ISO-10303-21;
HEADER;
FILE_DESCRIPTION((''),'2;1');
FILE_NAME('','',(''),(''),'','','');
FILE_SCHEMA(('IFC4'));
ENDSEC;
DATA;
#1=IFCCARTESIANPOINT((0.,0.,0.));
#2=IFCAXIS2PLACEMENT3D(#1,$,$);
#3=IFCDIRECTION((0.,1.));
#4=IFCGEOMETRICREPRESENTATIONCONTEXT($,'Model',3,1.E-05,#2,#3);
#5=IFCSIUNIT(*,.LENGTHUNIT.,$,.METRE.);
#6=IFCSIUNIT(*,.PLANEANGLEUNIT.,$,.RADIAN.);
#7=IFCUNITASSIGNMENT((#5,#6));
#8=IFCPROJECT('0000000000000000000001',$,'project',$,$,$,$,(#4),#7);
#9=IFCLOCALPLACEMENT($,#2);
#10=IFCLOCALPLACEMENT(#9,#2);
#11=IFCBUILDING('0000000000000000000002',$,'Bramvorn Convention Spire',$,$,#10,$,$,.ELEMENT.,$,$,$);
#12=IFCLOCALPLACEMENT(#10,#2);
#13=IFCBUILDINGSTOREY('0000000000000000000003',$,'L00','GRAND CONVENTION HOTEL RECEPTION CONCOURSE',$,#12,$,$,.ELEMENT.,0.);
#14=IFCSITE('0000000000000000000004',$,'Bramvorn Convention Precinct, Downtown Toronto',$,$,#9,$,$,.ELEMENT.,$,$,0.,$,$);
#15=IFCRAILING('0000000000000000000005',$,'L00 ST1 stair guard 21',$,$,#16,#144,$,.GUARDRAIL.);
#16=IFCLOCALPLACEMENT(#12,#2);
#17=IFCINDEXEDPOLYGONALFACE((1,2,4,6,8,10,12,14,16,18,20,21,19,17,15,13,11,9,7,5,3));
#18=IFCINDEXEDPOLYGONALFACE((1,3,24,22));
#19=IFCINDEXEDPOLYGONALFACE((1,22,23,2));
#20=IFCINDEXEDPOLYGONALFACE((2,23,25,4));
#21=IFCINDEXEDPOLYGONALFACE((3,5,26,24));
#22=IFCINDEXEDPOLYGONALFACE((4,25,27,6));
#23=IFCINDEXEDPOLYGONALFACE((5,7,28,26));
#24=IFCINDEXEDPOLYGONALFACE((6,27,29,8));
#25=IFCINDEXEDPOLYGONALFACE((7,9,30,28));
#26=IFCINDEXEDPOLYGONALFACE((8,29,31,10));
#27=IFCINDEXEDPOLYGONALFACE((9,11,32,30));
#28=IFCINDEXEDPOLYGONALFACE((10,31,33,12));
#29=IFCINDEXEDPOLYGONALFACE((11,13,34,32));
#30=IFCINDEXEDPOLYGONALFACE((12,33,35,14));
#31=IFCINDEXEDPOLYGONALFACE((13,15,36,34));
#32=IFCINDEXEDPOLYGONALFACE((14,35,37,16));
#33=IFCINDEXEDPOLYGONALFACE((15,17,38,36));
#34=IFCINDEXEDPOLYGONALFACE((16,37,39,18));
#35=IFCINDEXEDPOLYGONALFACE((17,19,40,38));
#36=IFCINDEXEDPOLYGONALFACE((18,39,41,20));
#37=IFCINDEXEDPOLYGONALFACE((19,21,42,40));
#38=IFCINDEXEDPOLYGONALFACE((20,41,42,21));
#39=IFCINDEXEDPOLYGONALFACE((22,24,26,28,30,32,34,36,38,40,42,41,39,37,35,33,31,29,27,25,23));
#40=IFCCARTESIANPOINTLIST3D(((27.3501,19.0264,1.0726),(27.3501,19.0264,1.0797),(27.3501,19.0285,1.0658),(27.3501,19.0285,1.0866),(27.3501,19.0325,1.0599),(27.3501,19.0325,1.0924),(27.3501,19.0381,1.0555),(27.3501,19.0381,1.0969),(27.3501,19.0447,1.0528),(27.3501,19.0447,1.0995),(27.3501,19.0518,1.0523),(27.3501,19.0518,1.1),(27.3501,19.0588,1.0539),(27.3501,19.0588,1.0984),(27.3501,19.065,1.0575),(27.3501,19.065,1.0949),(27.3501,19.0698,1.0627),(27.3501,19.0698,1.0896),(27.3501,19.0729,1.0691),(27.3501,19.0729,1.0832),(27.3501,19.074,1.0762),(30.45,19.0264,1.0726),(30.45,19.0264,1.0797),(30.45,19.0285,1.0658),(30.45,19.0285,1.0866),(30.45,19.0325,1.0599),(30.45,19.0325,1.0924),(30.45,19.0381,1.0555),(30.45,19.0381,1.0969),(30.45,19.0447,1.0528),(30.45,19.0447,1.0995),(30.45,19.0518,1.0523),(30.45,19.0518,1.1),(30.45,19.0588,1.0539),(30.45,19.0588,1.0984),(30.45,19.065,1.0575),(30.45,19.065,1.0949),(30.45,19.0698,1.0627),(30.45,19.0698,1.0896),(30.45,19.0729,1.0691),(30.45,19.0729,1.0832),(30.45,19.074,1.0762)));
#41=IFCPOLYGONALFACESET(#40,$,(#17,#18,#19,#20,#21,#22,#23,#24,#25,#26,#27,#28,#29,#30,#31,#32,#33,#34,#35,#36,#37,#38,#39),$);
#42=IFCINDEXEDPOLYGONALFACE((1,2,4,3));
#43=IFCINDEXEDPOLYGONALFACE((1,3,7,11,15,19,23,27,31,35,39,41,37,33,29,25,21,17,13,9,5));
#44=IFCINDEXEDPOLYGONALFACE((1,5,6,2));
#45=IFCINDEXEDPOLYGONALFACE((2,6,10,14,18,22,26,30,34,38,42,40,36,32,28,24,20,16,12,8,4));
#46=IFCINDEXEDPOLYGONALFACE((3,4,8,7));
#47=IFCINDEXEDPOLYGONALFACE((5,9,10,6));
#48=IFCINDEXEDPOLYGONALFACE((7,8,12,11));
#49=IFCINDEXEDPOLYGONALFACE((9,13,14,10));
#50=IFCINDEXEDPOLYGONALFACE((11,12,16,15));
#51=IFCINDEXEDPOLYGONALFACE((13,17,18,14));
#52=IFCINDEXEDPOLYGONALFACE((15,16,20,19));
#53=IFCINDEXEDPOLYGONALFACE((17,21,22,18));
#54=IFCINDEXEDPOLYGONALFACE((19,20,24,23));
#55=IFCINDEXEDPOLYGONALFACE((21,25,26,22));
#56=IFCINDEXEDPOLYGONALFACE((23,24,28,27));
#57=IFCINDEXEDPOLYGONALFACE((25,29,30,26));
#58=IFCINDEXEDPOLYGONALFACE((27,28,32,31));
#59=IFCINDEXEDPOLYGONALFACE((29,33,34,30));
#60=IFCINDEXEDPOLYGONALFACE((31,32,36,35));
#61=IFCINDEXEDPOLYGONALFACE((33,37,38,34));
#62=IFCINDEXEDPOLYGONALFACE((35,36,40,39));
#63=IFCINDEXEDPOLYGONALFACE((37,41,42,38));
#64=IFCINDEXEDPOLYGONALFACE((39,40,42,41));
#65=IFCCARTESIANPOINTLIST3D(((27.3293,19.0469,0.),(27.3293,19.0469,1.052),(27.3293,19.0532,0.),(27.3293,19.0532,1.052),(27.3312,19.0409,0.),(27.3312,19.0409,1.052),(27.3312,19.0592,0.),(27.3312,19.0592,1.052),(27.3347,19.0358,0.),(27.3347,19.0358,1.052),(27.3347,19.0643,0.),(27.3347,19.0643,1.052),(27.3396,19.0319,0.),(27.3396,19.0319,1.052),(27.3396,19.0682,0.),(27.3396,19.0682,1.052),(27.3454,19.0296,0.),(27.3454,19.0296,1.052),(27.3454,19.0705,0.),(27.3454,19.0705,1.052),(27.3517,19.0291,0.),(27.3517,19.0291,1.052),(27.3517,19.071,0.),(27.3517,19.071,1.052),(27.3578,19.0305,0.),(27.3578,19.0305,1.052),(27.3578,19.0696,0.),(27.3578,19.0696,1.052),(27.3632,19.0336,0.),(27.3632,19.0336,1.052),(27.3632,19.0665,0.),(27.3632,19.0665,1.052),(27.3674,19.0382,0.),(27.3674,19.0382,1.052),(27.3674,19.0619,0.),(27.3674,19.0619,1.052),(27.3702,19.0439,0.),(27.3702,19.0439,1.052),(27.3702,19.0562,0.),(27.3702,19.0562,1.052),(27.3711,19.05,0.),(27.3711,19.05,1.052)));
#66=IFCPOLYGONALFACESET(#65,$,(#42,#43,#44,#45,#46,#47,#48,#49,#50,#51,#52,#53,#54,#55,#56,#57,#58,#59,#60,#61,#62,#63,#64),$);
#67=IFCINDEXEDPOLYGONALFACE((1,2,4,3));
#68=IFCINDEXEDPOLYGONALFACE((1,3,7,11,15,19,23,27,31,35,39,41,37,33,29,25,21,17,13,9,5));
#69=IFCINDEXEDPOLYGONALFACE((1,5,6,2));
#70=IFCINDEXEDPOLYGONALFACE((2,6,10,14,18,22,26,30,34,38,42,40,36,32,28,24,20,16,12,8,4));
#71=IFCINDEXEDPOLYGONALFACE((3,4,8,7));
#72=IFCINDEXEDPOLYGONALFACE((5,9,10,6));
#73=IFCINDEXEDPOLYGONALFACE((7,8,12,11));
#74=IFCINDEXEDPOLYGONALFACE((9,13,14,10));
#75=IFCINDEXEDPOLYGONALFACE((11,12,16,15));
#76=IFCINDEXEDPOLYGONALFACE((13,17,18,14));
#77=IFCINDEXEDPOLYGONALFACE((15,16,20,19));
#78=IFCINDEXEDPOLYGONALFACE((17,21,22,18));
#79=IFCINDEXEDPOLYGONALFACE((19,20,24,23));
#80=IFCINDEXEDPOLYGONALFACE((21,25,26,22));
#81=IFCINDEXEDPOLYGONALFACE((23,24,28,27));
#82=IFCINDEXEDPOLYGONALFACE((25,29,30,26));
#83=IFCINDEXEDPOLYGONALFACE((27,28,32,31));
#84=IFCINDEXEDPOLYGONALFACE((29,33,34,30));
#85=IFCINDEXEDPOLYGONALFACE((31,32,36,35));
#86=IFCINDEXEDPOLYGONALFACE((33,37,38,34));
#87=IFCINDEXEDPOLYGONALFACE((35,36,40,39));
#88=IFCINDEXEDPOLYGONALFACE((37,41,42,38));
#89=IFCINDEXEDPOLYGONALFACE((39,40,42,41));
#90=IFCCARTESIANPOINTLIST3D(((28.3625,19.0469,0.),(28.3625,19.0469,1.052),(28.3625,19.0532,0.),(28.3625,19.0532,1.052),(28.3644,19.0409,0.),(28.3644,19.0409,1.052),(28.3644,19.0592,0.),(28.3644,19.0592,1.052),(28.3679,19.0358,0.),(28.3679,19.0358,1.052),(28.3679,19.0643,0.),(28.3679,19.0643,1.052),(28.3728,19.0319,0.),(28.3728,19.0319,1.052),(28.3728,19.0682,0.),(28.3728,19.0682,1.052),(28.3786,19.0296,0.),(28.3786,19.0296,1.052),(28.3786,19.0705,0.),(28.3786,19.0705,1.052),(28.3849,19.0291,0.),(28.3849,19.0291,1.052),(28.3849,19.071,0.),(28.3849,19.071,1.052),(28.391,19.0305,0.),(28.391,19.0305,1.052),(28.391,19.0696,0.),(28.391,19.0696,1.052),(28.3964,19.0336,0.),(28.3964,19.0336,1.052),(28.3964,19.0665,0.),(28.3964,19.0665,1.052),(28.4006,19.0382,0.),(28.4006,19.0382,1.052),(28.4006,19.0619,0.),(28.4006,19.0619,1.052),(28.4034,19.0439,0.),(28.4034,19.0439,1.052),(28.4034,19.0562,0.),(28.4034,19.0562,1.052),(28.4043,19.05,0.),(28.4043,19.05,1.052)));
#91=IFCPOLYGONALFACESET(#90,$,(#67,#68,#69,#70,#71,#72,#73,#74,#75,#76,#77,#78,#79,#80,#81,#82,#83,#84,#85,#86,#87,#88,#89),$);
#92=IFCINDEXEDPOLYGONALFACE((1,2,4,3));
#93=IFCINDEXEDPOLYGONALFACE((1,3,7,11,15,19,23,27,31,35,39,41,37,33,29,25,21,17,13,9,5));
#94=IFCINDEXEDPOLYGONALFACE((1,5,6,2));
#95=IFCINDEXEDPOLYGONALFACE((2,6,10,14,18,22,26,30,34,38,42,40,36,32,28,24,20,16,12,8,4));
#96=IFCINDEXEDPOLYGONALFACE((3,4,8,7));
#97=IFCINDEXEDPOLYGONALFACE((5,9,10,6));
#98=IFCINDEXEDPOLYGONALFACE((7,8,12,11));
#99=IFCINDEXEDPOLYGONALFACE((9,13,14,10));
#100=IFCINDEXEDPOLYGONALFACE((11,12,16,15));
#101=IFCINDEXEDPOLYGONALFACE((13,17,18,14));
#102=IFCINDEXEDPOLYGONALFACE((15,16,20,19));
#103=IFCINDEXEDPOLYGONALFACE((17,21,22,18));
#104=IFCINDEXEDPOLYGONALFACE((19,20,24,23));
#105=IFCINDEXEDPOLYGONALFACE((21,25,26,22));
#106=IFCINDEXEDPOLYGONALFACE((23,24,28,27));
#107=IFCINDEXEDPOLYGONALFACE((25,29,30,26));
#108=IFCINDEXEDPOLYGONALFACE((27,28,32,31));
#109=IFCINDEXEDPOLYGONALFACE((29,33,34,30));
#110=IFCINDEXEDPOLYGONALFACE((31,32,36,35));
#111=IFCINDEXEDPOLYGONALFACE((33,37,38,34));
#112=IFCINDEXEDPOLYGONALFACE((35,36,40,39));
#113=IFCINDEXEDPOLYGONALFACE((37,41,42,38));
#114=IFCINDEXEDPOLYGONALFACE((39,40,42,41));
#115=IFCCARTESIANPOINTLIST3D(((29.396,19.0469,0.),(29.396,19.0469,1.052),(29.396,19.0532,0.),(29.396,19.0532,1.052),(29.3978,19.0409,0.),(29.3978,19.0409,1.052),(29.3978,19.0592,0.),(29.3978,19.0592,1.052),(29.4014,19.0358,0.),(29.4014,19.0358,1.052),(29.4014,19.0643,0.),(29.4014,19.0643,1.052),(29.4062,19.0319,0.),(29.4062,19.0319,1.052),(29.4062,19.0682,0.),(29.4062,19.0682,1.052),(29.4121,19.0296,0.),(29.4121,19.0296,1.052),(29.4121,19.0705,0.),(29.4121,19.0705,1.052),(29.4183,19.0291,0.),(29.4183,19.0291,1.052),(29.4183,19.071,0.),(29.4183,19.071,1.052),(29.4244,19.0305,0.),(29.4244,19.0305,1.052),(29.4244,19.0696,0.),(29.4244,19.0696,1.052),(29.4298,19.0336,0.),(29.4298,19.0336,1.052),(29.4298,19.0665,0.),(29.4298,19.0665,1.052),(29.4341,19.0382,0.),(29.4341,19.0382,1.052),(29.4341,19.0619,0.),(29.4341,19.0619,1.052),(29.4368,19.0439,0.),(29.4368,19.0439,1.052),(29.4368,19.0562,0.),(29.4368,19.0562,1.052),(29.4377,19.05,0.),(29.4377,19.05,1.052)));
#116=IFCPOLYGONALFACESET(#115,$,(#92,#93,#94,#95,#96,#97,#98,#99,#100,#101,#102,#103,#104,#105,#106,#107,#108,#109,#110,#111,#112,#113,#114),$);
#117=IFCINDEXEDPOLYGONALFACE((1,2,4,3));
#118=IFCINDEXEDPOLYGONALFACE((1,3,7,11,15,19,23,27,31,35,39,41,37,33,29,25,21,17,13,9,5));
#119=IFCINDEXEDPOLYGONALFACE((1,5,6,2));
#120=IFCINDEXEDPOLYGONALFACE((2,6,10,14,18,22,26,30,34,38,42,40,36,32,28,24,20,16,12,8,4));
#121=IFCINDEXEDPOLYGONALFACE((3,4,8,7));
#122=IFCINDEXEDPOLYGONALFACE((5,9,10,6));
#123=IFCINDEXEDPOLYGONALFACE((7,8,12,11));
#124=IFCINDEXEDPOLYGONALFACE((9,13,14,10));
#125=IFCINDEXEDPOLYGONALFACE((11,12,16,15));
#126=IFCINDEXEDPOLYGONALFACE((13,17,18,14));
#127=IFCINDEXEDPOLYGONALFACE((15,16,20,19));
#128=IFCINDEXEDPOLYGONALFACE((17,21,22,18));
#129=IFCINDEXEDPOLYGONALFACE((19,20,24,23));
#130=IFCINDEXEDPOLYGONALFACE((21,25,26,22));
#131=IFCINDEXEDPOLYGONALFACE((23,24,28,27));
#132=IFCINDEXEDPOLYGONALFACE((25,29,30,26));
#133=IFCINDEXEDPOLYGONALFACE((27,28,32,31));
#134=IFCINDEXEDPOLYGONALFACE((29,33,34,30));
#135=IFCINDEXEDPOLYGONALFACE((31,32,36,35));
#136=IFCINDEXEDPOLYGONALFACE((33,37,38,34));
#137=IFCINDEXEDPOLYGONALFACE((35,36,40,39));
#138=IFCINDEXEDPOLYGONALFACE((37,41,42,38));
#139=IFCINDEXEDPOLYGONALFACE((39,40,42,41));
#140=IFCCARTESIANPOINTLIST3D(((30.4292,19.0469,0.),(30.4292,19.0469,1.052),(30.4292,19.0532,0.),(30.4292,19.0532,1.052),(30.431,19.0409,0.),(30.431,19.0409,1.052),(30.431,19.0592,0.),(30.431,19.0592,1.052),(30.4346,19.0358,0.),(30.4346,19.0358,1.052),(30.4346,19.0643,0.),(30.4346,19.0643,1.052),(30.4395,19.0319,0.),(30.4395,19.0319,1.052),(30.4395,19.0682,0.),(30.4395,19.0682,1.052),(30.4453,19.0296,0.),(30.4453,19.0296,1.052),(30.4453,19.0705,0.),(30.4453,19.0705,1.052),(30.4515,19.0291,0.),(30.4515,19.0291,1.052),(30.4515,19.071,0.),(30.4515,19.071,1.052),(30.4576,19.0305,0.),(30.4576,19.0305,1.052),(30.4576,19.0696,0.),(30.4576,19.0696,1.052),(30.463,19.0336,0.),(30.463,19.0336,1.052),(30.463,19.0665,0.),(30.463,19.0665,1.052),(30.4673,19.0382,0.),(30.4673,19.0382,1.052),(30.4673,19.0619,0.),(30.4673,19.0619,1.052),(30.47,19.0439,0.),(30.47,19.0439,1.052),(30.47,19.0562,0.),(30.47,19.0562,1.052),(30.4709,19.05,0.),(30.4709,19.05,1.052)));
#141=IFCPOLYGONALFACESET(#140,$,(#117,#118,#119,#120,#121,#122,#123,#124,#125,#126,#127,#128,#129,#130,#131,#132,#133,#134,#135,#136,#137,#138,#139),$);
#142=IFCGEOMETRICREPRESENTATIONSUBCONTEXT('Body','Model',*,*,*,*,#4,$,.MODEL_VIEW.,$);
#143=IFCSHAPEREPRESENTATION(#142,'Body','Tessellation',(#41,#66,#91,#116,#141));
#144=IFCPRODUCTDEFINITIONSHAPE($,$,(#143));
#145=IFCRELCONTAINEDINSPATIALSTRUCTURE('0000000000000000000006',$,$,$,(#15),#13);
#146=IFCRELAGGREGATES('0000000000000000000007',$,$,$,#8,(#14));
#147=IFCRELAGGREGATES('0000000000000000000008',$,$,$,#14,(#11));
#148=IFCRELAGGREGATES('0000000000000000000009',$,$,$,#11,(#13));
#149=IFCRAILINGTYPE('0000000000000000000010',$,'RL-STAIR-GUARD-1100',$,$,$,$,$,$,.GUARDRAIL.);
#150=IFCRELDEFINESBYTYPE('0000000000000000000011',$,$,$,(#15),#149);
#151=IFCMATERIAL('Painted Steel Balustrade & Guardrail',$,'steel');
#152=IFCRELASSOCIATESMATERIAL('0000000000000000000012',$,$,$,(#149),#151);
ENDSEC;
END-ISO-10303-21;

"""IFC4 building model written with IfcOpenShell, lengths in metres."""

from ifc_helpers import new_model, si_unit, direction, frame, origin, origin_2d, place, context, subcontext, project, spatial, circle, extrude, material, type_object, element, save


model = new_model("IFC4")

# Units and contexts
model_context = context("Model", 3, precision=1e-05, world=origin(), true_north=direction((0.0, 1.0)))
body_context = subcontext(model_context, "Body", "Model", "MODEL_VIEW")
ifc_project = project(units=[si_unit("LENGTHUNIT", "METRE"), si_unit("PLANEANGLEUNIT", "RADIAN")], contexts=[model_context])

# Site, building, storey
site_placement = place(None, origin())
site = spatial("IfcSite", under=ifc_project, at=site_placement, Name="Bramvorn Convention Precinct, Downtown Toronto", CompositionType="ELEMENT", RefElevation=0.0)
building_placement = place(site_placement, origin())
building = spatial("IfcBuilding", under=site, at=building_placement, Name="Bramvorn Convention Spire", CompositionType="ELEMENT")
storey_placement = place(building_placement, origin())
storey = spatial("IfcBuildingStorey", under=building, at=storey_placement, Name="L00", Description="GRAND CONVENTION HOTEL RECEPTION CONCOURSE", CompositionType="ELEMENT", Elevation=0.0)

# Railing
ifc_material_1 = material(Name="Painted Steel Balustrade & Guardrail", Category="steel")
railing_type = type_object("IfcRailingType", Name="RL-STAIR-GUARD-1100", PredefinedType="GUARDRAIL", material=ifc_material_1)
railing_1_placement = place(storey_placement, frame((27.3501, 19.05, 0.0)))
element("IfcRailing", 1, at=railing_1_placement, inside=storey, type_object=railing_type, Name="L00 ST1 stair guard 21", PredefinedType="GUARDRAIL", context=body_context, shape_type="SweptSolid", body=[
    extrude(circle(Radius=0.0239, at=origin_2d()), frame((0.0, 0.0, 1.0762), z_axis=(1.0, 0.0, 0.0), x_axis=(0.0, 1.0, 0.0)), (0.0, 0.0, 1.0), 3.0999),
    extrude(circle(Radius=0.021, at=origin_2d()), origin(), (0.0, 0.0, 1.0), 1.052),
    extrude(circle(Radius=0.021, at=origin_2d()), frame((1.0332, 0.0, 0.0)), (0.0, 0.0, 1.0), 1.052),
    extrude(circle(Radius=0.021, at=origin_2d()), frame((2.0667, 0.0, 0.0)), (0.0, 0.0, 1.0), 1.052),
    extrude(circle(Radius=0.021, at=origin_2d()), frame((3.0999, 0.0, 0.0)), (0.0, 0.0, 1.0), 1.052),
])

save(model, "model.ifc")
